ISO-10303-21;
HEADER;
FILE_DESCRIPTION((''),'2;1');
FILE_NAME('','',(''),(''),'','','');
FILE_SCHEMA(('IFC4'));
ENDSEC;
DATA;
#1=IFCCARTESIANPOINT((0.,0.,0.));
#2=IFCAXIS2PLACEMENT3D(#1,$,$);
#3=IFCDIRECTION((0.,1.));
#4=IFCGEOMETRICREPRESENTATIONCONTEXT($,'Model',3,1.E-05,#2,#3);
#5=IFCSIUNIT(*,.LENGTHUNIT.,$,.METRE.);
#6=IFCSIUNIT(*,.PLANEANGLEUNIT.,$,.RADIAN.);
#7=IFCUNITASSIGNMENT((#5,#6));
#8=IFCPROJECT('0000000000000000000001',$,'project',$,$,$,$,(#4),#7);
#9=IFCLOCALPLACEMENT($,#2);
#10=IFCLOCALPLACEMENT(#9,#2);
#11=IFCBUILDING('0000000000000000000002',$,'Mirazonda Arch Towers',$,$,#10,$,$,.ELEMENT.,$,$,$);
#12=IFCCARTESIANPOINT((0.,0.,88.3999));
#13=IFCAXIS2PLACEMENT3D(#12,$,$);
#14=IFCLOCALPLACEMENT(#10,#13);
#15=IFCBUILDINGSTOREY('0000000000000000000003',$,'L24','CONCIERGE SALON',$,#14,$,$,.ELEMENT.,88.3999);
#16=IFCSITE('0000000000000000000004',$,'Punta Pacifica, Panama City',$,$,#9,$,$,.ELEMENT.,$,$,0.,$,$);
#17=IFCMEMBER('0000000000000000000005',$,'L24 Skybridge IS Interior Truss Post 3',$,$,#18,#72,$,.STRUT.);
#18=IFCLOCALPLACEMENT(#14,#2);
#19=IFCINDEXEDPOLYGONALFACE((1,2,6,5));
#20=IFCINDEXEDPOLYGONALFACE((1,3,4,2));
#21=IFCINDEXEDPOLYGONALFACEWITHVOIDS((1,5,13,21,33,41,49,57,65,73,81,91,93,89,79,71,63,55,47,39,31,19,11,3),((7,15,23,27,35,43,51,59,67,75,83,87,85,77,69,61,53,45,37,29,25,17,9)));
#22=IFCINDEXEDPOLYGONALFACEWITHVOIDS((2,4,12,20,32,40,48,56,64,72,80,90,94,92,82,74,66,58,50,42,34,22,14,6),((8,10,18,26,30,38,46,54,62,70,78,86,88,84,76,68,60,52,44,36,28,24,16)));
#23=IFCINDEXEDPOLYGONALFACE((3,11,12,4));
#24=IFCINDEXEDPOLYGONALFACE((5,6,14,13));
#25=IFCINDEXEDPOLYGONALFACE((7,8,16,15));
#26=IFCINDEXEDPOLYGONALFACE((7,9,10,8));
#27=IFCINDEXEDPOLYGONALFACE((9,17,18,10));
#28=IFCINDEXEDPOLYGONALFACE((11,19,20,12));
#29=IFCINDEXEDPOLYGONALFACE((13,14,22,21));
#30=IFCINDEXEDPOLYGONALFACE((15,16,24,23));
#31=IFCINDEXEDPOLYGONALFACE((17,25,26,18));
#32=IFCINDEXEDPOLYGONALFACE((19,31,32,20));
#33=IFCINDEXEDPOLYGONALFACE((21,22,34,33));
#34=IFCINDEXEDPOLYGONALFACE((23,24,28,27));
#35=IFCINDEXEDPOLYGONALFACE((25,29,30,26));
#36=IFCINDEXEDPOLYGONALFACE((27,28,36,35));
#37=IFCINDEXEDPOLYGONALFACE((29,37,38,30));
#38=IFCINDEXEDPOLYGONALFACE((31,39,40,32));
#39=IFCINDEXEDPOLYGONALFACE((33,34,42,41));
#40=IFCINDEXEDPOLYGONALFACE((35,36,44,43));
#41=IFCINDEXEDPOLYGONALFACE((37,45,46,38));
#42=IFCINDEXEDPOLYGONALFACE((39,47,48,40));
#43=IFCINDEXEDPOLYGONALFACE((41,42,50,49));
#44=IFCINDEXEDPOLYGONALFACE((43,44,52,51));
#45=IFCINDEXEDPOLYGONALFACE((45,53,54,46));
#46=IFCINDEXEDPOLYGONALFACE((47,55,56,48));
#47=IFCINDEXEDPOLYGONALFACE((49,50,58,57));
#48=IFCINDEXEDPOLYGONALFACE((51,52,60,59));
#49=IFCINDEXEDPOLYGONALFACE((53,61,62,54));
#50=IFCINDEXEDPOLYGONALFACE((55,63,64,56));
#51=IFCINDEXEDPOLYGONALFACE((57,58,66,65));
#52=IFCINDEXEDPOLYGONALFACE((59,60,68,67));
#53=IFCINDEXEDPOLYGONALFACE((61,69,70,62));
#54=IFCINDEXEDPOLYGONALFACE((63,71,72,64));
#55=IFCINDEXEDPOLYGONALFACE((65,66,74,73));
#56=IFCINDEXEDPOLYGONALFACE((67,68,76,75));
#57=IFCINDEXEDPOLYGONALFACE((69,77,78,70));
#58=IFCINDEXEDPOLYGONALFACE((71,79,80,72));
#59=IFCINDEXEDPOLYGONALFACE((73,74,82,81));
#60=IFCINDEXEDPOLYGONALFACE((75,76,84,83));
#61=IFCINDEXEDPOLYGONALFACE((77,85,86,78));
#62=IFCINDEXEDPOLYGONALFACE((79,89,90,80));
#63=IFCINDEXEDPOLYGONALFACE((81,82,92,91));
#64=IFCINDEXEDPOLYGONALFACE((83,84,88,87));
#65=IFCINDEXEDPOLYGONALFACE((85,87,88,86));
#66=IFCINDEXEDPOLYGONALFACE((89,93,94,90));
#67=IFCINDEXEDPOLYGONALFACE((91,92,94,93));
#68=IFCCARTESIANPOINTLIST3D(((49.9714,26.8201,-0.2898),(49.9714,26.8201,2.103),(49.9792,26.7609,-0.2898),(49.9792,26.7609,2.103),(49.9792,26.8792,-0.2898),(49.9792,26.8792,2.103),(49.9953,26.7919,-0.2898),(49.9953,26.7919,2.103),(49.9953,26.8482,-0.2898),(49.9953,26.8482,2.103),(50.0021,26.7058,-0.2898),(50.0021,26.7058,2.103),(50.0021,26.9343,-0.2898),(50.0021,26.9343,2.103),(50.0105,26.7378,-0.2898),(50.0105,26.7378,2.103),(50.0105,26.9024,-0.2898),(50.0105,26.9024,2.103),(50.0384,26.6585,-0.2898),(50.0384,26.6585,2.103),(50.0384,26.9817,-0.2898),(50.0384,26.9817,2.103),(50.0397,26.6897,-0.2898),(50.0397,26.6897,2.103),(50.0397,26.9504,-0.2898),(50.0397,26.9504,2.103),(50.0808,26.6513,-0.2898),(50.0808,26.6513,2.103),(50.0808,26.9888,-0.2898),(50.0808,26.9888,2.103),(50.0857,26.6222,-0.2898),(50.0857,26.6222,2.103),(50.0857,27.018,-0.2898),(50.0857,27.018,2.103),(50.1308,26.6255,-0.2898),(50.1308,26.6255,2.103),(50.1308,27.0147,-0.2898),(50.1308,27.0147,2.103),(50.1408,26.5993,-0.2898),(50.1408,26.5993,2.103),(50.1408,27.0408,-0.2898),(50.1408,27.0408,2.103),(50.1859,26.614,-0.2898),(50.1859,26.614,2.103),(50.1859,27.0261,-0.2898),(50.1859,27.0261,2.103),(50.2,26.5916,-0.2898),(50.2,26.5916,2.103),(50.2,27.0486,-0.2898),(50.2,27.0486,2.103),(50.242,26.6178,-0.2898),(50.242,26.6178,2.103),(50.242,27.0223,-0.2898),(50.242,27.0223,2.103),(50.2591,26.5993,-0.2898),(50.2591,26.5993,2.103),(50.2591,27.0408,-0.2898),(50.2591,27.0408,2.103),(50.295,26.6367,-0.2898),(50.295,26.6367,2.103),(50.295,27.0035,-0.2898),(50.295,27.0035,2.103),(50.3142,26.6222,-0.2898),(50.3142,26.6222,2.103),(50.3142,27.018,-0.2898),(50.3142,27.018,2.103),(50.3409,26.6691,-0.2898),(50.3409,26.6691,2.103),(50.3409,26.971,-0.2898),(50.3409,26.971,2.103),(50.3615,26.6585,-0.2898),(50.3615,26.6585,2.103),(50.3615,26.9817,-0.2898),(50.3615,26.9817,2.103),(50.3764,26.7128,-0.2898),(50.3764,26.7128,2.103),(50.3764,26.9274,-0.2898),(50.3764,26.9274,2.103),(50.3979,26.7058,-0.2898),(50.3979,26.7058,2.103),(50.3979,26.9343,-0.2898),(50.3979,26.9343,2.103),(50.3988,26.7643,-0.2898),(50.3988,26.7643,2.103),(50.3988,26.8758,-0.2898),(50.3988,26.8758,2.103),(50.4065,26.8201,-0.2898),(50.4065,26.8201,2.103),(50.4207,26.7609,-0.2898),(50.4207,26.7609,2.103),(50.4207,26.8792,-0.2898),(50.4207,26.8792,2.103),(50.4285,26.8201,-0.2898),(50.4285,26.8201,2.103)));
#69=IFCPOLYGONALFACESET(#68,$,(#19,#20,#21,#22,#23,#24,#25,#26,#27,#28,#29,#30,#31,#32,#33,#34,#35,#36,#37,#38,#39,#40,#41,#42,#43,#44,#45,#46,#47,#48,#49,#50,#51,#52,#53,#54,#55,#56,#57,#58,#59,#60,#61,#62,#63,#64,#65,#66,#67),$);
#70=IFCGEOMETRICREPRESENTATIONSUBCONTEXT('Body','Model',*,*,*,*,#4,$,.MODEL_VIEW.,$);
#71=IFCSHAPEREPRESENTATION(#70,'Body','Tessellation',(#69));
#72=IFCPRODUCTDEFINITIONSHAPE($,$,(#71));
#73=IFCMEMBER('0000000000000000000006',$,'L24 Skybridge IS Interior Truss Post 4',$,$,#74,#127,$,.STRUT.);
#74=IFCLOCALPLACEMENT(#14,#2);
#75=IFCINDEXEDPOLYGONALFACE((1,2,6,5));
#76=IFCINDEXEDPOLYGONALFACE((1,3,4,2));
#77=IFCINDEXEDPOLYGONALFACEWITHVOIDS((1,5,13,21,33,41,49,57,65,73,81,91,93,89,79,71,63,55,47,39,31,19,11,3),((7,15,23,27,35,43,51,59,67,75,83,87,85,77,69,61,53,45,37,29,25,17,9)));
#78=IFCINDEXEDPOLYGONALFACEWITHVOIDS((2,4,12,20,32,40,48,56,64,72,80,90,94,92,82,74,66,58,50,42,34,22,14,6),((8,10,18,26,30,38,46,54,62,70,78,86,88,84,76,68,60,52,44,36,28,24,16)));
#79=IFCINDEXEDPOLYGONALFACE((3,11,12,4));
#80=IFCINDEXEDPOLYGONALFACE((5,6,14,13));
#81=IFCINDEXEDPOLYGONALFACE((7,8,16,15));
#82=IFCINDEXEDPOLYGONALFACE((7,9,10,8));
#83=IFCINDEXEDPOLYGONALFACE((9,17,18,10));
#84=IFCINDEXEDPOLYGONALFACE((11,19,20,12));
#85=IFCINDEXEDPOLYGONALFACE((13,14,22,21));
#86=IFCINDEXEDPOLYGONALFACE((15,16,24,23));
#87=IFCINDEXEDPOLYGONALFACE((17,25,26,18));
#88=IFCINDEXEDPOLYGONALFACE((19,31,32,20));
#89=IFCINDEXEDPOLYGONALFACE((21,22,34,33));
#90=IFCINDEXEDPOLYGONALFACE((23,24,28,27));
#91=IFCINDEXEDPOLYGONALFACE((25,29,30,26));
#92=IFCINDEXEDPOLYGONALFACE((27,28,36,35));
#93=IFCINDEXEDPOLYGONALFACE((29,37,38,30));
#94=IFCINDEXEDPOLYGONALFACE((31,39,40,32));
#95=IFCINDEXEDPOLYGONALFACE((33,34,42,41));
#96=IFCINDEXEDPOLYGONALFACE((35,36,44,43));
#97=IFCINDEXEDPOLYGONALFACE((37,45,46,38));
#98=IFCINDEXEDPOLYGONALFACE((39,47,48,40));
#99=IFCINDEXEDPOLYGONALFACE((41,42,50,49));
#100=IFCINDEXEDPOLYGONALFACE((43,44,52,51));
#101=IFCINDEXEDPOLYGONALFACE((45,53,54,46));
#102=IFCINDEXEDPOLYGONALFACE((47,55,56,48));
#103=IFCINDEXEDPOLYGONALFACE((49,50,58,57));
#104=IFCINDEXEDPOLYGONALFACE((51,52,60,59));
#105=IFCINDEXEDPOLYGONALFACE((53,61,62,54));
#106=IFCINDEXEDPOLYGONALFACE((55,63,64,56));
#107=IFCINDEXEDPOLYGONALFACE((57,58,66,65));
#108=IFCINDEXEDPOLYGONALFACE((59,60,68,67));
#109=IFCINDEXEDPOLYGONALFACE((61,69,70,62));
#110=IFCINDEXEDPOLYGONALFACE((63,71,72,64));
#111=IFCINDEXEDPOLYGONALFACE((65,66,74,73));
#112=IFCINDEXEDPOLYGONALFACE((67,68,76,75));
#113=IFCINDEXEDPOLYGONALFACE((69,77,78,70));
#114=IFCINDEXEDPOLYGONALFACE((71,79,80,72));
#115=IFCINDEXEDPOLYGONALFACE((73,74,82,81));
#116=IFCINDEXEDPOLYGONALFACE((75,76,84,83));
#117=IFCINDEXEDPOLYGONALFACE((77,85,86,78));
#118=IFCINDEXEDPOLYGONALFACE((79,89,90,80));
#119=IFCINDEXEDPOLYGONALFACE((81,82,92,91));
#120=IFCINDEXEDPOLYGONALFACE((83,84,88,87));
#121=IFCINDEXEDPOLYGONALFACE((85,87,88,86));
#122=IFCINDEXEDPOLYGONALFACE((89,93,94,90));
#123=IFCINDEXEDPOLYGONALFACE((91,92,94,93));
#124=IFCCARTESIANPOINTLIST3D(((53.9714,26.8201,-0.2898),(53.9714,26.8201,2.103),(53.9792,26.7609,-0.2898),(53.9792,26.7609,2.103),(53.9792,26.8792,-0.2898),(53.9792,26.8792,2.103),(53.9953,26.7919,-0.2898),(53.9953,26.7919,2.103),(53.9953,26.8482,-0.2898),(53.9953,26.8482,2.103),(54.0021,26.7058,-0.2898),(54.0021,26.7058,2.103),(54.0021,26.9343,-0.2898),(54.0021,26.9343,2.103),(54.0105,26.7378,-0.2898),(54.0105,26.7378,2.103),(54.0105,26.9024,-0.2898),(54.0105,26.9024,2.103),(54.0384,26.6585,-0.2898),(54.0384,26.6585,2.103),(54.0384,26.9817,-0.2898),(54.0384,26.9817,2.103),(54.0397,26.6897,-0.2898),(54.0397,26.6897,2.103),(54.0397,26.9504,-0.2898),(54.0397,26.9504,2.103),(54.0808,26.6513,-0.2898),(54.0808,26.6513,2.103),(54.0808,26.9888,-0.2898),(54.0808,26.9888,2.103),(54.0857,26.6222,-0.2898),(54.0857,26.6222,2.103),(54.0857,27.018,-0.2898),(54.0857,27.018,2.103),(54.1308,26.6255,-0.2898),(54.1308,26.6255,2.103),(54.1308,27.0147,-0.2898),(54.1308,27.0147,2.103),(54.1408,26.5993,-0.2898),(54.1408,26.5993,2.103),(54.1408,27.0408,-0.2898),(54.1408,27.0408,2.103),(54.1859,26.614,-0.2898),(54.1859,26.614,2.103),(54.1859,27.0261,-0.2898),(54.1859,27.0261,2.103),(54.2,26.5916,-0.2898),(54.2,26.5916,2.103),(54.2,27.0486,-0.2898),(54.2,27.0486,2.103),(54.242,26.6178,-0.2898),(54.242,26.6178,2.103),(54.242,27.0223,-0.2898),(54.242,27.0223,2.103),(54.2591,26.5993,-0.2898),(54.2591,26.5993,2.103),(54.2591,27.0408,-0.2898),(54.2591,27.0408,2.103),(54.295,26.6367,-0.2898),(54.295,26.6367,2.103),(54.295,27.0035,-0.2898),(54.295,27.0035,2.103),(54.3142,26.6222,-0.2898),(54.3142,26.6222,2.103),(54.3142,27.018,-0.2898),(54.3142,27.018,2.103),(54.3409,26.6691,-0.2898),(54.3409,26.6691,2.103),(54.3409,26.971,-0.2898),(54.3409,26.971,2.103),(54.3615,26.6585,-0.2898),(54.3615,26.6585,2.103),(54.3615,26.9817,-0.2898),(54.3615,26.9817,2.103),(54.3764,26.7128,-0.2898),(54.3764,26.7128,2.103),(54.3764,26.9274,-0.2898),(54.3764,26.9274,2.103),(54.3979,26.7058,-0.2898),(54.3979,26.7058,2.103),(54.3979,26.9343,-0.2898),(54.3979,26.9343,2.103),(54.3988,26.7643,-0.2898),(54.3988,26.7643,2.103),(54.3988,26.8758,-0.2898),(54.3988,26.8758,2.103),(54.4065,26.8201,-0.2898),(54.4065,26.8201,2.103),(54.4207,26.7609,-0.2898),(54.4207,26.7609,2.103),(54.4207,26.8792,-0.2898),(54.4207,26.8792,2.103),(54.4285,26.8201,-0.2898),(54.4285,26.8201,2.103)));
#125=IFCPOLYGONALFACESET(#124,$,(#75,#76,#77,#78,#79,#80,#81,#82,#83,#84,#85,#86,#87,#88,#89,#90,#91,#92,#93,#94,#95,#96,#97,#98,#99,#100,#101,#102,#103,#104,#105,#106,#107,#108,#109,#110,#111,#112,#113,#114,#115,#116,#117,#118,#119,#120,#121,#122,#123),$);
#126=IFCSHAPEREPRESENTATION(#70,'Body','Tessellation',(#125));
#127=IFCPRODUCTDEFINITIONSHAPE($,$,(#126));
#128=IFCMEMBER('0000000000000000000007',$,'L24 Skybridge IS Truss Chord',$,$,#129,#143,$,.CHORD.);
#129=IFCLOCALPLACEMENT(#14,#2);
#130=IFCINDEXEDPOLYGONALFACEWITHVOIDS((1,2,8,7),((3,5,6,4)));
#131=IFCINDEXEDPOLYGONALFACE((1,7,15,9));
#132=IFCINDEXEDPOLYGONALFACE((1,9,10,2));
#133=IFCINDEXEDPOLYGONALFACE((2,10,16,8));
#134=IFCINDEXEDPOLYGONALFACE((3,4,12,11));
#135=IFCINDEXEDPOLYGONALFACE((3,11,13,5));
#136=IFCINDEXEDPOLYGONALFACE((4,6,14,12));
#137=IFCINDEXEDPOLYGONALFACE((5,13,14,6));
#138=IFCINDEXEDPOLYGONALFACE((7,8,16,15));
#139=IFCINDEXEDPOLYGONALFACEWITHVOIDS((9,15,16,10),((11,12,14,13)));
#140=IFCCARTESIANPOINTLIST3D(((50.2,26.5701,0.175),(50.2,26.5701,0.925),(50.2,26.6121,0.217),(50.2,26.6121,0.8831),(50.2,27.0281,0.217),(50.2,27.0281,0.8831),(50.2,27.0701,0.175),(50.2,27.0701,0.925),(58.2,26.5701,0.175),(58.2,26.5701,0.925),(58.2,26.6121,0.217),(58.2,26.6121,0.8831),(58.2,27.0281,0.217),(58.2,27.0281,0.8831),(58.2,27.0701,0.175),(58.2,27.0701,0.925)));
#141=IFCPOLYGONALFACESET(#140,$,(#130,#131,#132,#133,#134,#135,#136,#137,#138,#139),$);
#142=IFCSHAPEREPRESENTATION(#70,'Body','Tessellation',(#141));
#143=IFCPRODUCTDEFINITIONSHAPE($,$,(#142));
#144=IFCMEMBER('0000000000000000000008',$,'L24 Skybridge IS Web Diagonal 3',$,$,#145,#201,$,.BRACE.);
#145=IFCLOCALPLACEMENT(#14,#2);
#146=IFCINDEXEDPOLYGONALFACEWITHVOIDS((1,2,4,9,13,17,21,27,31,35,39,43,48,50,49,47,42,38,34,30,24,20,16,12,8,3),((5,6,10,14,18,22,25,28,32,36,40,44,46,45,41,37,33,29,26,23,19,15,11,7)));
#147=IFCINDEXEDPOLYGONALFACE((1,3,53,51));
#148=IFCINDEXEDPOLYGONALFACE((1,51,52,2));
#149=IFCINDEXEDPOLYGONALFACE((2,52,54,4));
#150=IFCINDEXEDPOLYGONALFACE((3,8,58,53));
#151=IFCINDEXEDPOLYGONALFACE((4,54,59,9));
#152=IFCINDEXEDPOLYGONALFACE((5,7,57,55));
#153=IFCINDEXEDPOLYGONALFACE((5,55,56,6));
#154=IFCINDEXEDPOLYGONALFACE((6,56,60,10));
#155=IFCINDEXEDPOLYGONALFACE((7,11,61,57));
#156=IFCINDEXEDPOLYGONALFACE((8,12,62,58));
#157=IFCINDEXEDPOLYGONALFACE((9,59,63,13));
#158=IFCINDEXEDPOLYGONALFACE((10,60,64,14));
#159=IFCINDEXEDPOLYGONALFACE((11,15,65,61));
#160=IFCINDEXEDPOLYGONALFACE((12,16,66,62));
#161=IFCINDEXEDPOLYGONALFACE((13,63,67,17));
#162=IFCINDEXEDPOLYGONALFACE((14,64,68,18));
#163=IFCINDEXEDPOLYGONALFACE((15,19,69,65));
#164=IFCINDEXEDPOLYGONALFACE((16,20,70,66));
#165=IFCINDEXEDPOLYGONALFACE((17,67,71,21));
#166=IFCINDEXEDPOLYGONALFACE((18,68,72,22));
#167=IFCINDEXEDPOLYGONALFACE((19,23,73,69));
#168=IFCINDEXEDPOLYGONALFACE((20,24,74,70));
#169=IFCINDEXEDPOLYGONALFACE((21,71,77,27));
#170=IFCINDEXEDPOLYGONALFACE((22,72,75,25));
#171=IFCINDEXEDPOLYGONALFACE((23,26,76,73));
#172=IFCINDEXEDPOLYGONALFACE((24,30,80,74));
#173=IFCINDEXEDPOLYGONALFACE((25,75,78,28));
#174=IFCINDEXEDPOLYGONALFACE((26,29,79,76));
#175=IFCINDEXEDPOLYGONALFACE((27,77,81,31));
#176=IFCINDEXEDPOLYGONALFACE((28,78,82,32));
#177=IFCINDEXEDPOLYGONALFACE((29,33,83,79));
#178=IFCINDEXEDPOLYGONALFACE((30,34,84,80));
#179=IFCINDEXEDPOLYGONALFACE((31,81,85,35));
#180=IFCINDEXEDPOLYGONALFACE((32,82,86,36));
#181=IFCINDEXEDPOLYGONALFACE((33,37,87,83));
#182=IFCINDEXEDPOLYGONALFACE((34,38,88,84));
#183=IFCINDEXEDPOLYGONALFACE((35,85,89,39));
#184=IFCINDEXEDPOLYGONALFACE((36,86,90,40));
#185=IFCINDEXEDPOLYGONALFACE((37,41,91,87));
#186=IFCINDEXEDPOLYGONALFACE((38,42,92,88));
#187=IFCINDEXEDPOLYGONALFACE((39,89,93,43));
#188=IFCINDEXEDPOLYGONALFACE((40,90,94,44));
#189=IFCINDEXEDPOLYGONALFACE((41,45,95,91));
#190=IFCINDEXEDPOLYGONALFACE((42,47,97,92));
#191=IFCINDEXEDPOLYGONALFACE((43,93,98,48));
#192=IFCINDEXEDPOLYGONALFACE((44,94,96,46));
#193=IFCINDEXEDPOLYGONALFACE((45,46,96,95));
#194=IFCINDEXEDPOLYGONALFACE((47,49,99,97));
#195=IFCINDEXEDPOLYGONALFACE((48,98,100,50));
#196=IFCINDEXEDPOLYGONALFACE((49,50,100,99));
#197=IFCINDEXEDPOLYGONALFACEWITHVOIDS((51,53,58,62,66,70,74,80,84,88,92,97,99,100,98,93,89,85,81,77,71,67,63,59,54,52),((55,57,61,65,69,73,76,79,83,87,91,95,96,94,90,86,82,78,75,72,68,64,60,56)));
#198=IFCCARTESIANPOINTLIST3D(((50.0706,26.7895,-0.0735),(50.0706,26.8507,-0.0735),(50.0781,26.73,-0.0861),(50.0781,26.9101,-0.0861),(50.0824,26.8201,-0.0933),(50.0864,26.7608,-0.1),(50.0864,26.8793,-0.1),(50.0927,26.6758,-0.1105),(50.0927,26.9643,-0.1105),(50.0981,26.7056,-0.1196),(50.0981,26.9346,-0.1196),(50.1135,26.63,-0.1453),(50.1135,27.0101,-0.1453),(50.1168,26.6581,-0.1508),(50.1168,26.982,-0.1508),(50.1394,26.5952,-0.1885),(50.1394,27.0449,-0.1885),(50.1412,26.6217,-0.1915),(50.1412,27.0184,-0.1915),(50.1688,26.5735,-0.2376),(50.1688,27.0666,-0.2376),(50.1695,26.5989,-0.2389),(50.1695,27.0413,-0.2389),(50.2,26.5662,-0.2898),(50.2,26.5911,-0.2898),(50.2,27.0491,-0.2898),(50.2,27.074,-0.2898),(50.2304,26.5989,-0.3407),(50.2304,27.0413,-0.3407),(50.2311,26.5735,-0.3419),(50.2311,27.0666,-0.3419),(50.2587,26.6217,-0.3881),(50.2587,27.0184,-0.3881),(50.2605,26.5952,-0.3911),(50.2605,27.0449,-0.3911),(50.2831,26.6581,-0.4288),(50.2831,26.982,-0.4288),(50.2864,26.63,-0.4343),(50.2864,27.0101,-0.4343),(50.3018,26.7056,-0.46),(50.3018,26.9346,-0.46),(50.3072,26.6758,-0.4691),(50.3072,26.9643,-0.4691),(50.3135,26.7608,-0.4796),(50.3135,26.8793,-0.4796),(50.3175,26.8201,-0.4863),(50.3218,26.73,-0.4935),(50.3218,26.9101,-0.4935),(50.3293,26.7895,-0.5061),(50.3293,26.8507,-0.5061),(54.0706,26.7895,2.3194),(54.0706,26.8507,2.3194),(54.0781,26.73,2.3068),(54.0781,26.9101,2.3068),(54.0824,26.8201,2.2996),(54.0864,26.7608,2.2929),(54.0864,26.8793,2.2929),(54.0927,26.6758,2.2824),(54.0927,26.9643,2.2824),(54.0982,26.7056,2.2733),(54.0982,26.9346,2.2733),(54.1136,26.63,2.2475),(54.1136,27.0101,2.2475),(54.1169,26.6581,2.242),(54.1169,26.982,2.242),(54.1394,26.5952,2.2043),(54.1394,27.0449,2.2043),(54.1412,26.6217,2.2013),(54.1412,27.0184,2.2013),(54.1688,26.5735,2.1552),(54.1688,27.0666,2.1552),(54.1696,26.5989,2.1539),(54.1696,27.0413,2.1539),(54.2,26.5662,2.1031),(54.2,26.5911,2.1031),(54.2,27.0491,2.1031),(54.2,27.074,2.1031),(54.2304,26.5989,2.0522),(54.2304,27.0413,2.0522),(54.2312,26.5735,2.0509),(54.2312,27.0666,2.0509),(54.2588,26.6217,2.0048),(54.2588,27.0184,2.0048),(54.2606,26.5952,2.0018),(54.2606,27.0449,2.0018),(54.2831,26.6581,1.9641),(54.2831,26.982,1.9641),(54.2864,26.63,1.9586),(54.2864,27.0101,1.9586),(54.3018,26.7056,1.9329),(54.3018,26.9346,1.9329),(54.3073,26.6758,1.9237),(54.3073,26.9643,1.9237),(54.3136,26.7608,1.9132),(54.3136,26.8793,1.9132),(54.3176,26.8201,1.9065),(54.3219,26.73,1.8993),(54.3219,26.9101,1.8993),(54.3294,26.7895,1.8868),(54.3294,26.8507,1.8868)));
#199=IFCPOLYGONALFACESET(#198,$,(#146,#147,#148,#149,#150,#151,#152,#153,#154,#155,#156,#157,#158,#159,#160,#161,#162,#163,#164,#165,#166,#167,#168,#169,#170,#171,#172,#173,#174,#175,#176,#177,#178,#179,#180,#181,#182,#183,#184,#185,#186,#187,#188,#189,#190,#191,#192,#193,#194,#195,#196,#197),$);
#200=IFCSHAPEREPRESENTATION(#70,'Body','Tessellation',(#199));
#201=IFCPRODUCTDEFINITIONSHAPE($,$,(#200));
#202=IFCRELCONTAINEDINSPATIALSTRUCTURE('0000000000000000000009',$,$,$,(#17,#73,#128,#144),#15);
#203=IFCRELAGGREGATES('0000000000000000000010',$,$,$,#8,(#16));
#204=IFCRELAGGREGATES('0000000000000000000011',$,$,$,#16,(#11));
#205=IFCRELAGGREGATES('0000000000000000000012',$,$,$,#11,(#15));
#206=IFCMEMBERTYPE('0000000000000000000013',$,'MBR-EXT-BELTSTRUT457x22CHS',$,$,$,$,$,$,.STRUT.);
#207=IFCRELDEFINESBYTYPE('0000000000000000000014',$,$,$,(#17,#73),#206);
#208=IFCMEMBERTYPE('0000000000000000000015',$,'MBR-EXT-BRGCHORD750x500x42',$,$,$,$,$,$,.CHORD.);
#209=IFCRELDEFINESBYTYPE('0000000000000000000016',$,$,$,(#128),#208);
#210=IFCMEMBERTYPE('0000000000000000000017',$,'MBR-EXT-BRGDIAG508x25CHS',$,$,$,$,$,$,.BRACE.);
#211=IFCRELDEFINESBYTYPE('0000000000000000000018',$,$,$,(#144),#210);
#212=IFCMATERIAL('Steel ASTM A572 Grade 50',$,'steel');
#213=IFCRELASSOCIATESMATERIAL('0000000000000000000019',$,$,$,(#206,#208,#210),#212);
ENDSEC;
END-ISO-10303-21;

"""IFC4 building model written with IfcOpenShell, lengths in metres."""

from ifc_helpers import new_model, si_unit, direction, frame, origin, origin_2d, place, context, subcontext, project, spatial, hollow_rectangle, hollow_circle, extrude, material, material_profile, profile_set, type_object, element, save


model = new_model("IFC4")

# Units and contexts
model_context = context("Model", 3, precision=1e-05, world=origin(), true_north=direction((0.0, 1.0)))
body_context = subcontext(model_context, "Body", "Model", "MODEL_VIEW")
ifc_project = project(units=[si_unit("LENGTHUNIT", "METRE"), si_unit("PLANEANGLEUNIT", "RADIAN")], contexts=[model_context])

# Site, building, storey
site_placement = place(None, origin())
site = spatial("IfcSite", under=ifc_project, at=site_placement, Name="Punta Pacifica, Panama City", CompositionType="ELEMENT", RefElevation=0.0)
building_placement = place(site_placement, origin())
building = spatial("IfcBuilding", under=site, at=building_placement, Name="Mirazonda Arch Towers", CompositionType="ELEMENT")
storey_placement = place(building_placement, frame((0.0, 0.0, 88.3999)))
storey = spatial("IfcBuildingStorey", under=building, at=storey_placement, Name="L24", Description="CONCIERGE SALON", CompositionType="ELEMENT", Elevation=88.3999)

# Members
ifc_material_1 = material(Name="Steel ASTM A572 Grade 50", Category="steel")
ifc_material_profile_1 = material_profile(ifc_material_1, hollow_circle(Radius=0.2285, WallThickness=0.022, at=origin_2d()), Name="BELTSTRUT457x22CHS")
ifc_profile_set_1 = profile_set([ifc_material_profile_1], Name="Steel ASTM A572 Grade 50")
member_type_1 = type_object("IfcMemberType", Name="MBR-EXT-BELTSTRUT457x22CHS", PredefinedType="STRUT", material=ifc_profile_set_1)
for number, where, z_axis, x_axis, name in (
    (1, (50.2, 26.8201, -0.2898), (0.0, 0.0, 1.0), (1.0, 0.0, 0.0), "L24 Skybridge IS Interior Truss Post 3"),
    (2, (54.2, 26.8201, -0.2898), (0.0, 0.0, 1.0), (1.0, 0.0, 0.0), "L24 Skybridge IS Interior Truss Post 4"),
):
    element("IfcMember", number, at=place(storey_placement, frame(where, z_axis=z_axis, x_axis=x_axis)), inside=storey, type_object=member_type_1, Name=name, PredefinedType="STRUT", context=body_context, shape_type="SweptSolid", body=[
        extrude(hollow_circle(Radius=0.2285, WallThickness=0.022, at=origin_2d()), origin(), (0.0, 0.0, 1.0), 2.3928),
    ])
ifc_material_profile_2 = material_profile(ifc_material_1, hollow_rectangle(XDim=0.5, YDim=0.75, WallThickness=0.042, at=origin_2d()), Name="BRGCHORD750x500x42")
ifc_profile_set_2 = profile_set([ifc_material_profile_2], Name="Steel ASTM A572 Grade 50")
member_type_2 = type_object("IfcMemberType", Name="MBR-EXT-BRGCHORD750x500x42", PredefinedType="CHORD", material=ifc_profile_set_2)
member_1_placement = place(storey_placement, frame((50.2, 26.8201, 0.55), z_axis=(1.0, 0.0, 0.0), x_axis=(0.0, 1.0, 0.0)))
element("IfcMember", 3, at=member_1_placement, inside=storey, type_object=member_type_2, Name="L24 Skybridge IS Truss Chord", PredefinedType="CHORD", context=body_context, shape_type="SweptSolid", body=[
    extrude(hollow_rectangle(XDim=0.5, YDim=0.75, WallThickness=0.042, at=origin_2d()), origin(), (0.0, 0.0, 1.0), 8.0),
])
ifc_material_profile_3 = material_profile(ifc_material_1, hollow_circle(Radius=0.2539, WallThickness=0.0249, at=origin_2d()), Name="BRGDIAG508x25CHS")
ifc_profile_set_3 = profile_set([ifc_material_profile_3], Name="Steel ASTM A572 Grade 50")
member_type_3 = type_object("IfcMemberType", Name="MBR-EXT-BRGDIAG508x25CHS", PredefinedType="BRACE", material=ifc_profile_set_3)
for number, where, z_axis, x_axis, name in (
    (4, (50.2, 26.8201, -0.2898), (0.858172, 0.0, 0.513363), (0.0, 1.0, 0.0), "L24 Skybridge IS Web Diagonal 3"),
):
    element("IfcMember", number, at=place(storey_placement, frame(where, z_axis=z_axis, x_axis=x_axis)), inside=storey, type_object=member_type_3, Name=name, PredefinedType="BRACE", context=body_context, shape_type="SweptSolid", body=[
        extrude(hollow_circle(Radius=0.2539, WallThickness=0.0249, at=origin_2d()), origin(), (0.0, 0.0, 1.0), 4.6611),
    ])

save(model, "model.ifc")
